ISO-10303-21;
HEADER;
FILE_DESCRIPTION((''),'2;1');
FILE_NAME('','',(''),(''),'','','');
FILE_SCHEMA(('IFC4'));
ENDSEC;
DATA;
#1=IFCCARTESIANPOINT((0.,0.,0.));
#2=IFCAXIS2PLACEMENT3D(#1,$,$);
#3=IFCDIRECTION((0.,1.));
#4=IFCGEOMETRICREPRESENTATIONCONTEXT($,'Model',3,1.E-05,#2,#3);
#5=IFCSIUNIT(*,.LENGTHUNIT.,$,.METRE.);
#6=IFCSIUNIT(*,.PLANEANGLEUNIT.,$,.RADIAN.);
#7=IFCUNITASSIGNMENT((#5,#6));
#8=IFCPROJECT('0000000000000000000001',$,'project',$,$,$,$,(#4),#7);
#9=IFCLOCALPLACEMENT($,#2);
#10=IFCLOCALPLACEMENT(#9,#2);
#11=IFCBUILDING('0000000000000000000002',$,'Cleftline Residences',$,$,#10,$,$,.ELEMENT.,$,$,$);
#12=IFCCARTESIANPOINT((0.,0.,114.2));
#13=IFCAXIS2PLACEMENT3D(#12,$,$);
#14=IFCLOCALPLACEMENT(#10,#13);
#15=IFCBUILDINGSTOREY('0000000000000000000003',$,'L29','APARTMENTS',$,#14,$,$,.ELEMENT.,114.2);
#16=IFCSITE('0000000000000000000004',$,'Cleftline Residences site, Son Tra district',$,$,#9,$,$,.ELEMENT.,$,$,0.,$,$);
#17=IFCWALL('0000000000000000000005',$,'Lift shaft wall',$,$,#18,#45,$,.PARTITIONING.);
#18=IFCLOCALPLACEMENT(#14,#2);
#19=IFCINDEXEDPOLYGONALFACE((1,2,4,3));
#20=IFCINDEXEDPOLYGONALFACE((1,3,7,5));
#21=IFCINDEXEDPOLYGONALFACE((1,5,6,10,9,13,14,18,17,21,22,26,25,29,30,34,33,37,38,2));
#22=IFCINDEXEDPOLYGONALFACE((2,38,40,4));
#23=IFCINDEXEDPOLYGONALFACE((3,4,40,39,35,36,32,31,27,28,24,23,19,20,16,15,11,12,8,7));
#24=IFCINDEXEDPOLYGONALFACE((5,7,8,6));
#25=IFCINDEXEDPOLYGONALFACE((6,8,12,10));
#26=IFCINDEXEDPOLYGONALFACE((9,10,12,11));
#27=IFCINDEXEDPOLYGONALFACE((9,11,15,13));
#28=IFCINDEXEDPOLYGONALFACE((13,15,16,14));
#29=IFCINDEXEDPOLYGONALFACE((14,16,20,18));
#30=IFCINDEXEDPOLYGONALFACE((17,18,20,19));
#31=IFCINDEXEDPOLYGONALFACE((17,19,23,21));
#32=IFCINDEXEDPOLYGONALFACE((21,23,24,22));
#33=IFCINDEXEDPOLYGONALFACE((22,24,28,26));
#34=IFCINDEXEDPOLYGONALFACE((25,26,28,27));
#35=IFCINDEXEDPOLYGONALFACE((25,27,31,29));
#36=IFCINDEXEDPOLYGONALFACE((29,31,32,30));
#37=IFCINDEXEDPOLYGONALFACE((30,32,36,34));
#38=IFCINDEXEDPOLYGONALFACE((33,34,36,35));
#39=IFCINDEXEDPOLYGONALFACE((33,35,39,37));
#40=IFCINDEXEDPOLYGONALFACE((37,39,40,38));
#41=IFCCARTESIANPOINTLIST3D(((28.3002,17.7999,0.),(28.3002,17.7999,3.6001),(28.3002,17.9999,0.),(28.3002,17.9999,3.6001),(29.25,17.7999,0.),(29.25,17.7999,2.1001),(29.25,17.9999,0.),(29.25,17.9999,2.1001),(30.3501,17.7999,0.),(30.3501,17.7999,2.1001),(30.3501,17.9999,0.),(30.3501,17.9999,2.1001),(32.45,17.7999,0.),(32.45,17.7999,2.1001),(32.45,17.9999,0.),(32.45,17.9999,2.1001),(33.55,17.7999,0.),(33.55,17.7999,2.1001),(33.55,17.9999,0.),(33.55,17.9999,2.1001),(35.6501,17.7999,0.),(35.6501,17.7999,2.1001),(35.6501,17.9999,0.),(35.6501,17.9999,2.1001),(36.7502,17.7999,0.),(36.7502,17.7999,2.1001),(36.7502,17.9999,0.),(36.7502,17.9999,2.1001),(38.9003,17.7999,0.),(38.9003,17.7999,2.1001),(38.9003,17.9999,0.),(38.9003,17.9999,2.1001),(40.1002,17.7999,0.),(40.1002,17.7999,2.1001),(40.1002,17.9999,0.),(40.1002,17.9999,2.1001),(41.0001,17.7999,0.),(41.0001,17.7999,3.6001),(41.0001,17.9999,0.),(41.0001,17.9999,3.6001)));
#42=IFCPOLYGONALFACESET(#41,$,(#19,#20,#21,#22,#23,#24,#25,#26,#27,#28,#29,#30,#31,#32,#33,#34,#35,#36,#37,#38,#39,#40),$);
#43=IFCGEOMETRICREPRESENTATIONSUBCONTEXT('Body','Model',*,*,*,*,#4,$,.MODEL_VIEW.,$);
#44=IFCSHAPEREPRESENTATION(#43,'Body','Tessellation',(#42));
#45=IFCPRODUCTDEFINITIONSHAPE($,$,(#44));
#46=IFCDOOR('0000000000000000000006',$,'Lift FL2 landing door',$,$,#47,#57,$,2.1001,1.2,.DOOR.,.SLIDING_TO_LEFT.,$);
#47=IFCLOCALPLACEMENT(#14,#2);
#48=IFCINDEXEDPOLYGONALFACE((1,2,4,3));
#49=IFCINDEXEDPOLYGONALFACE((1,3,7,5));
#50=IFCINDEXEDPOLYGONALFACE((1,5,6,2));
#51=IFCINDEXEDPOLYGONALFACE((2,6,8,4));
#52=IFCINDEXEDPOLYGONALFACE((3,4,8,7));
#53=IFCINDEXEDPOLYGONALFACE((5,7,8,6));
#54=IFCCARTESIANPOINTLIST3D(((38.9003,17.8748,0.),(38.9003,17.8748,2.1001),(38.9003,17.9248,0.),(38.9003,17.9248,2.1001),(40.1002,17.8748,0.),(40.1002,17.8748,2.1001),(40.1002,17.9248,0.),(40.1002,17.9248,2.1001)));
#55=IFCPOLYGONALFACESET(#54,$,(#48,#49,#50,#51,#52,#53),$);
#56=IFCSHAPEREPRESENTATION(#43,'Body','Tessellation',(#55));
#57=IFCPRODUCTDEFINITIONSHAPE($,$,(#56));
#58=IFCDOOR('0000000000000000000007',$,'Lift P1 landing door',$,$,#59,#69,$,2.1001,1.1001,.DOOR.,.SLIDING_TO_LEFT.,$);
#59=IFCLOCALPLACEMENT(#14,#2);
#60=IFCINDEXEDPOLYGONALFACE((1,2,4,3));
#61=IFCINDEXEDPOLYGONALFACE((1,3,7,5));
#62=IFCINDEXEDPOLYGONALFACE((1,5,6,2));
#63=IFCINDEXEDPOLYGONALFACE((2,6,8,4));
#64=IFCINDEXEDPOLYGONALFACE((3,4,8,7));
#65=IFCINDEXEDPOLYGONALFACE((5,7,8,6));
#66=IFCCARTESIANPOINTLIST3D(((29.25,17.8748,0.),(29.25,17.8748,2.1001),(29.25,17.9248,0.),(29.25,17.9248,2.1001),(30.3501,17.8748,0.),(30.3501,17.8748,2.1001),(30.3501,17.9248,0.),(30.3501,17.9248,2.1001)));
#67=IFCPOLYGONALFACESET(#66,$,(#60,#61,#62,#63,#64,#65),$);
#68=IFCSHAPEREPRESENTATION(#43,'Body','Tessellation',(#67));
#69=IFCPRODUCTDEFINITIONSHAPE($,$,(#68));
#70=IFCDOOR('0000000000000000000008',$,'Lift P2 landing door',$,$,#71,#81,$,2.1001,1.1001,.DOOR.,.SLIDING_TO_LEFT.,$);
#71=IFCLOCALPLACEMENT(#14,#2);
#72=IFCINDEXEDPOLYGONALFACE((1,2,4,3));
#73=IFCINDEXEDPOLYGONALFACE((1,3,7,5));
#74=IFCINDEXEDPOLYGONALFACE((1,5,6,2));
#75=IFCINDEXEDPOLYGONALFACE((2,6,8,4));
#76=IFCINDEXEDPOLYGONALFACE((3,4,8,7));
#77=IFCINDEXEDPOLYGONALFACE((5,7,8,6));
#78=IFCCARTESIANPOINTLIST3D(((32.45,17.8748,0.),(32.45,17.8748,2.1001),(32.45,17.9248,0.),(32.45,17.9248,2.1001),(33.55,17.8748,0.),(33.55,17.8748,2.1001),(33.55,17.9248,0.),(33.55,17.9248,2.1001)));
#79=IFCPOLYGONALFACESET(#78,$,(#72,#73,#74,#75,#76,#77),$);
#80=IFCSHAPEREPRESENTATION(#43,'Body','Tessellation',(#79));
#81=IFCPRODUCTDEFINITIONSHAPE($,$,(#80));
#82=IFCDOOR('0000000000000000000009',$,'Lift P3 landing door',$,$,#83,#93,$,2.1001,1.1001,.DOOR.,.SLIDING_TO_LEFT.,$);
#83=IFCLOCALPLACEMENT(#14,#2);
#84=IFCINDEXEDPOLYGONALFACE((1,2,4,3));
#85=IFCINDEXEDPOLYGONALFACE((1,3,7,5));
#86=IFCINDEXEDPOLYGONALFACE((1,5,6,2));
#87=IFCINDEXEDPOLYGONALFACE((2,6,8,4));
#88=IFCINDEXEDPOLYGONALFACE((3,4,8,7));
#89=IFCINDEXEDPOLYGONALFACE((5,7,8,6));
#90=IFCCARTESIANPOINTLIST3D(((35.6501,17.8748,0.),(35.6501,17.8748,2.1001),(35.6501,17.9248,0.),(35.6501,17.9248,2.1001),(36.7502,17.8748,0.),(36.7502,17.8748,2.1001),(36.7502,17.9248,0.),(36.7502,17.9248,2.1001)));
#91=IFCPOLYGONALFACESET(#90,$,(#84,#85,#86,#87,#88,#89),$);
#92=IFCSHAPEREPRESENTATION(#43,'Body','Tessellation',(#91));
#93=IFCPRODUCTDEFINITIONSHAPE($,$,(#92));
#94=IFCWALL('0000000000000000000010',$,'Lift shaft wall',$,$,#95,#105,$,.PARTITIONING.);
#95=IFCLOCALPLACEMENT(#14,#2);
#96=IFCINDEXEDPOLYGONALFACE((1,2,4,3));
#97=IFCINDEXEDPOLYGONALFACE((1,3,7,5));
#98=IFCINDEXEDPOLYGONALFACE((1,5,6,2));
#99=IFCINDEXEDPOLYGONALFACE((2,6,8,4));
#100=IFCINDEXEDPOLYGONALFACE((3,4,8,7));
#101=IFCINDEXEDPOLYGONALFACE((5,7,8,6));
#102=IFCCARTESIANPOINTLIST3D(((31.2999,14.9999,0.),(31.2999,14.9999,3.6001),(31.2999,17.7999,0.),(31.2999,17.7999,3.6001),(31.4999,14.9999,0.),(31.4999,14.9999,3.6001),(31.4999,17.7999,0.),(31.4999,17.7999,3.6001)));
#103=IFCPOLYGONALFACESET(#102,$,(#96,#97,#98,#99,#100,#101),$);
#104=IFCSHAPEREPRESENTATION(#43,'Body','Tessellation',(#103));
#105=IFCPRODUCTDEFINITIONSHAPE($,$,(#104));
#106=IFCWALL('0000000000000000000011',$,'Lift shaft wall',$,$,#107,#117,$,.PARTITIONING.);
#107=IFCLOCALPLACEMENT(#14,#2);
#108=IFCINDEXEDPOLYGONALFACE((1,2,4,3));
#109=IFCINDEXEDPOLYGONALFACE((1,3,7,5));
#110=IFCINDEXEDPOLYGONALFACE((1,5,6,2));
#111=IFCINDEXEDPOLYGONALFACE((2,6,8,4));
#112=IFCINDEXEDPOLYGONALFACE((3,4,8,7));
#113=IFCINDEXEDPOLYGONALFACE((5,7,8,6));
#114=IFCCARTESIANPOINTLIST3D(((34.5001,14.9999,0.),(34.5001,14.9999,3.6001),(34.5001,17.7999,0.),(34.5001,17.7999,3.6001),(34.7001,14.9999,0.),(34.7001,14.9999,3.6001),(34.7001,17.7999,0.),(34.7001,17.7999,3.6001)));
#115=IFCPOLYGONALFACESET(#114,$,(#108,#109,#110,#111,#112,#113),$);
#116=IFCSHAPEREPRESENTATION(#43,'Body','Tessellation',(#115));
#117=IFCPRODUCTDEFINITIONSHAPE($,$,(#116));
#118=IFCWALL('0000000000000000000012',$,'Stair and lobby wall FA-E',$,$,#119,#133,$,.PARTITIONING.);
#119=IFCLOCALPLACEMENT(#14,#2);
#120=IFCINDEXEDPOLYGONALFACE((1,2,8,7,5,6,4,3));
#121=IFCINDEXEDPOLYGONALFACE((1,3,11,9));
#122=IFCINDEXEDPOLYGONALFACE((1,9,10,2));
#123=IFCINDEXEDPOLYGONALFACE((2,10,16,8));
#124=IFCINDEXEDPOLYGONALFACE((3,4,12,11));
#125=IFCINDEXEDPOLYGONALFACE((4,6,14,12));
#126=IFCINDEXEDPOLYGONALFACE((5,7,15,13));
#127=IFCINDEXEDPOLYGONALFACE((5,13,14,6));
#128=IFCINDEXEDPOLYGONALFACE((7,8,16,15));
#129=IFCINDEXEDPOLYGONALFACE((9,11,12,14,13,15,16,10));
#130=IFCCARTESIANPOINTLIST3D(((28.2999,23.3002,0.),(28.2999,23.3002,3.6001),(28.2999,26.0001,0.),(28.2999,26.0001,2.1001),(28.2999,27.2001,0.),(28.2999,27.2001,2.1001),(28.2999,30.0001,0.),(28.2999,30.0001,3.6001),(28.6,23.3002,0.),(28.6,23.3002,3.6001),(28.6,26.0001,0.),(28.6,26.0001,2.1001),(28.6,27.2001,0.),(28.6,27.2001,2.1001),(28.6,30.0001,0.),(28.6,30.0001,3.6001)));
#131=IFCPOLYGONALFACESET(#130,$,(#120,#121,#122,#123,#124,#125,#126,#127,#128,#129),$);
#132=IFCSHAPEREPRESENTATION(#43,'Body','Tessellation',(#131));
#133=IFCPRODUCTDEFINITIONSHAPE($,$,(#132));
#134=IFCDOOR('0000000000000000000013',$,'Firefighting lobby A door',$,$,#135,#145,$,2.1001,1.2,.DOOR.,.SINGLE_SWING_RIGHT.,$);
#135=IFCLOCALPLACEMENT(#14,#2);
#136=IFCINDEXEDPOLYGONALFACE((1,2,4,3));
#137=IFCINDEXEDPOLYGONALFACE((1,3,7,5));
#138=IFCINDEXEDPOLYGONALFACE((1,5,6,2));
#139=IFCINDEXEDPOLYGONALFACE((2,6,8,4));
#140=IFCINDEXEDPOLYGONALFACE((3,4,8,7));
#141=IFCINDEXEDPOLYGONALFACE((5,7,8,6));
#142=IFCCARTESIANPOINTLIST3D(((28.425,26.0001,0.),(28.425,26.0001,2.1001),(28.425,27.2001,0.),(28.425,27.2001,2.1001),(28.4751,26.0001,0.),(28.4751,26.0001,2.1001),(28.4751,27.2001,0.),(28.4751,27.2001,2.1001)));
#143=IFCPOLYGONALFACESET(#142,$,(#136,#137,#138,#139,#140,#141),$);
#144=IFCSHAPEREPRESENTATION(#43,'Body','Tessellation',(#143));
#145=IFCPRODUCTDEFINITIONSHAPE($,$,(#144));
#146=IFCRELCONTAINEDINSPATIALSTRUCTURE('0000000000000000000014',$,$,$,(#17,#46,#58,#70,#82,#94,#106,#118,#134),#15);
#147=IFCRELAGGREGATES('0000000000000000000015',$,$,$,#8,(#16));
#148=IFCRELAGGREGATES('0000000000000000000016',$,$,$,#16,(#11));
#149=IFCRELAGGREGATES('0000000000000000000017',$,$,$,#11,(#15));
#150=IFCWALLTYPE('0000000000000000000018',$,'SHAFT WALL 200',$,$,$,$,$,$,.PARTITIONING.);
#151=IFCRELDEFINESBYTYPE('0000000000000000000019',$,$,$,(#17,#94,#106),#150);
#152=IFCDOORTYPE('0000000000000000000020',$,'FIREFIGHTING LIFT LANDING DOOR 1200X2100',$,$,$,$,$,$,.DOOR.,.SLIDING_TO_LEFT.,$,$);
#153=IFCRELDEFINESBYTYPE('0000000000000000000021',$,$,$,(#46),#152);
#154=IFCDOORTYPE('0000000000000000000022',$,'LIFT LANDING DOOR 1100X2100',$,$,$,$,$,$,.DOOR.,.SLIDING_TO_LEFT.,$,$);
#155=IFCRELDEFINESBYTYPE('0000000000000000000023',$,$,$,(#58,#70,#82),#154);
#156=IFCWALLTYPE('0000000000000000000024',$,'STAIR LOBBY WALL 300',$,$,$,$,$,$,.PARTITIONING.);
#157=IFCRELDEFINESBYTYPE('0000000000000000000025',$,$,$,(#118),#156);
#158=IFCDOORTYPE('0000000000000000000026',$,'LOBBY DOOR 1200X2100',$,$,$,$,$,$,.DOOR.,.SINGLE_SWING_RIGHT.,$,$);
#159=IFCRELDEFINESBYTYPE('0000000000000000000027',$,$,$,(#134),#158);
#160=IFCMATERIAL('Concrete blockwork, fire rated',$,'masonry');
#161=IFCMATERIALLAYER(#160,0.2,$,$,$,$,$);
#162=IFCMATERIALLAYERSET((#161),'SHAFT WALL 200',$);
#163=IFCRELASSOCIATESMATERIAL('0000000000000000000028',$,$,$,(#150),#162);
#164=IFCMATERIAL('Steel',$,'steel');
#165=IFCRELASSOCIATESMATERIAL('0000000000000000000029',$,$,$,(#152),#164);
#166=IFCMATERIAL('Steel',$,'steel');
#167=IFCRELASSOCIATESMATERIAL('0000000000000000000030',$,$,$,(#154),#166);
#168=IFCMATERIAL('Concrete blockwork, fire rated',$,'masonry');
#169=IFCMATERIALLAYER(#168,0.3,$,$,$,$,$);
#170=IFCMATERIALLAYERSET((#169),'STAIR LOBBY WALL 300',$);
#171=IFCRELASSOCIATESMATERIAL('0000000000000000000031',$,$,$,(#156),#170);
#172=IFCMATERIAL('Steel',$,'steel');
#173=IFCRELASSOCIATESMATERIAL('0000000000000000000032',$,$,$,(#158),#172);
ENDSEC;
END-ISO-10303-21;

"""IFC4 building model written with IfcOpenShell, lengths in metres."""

from ifc_helpers import new_model, si_unit, direction, frame, frame_2d, origin, place, context, subcontext, project, spatial, rectangle, extrude, material, layer, layer_set, type_object, element, fill, save


model = new_model("IFC4")

# Units and contexts
model_context = context("Model", 3, precision=1e-05, world=origin(), true_north=direction((0.0, 1.0)))
body_context = subcontext(model_context, "Body", "Model", "MODEL_VIEW")
ifc_project = project(units=[si_unit("LENGTHUNIT", "METRE"), si_unit("PLANEANGLEUNIT", "RADIAN")], contexts=[model_context])

# Site, building, storey
site_placement = place(None, origin())
site = spatial("IfcSite", under=ifc_project, at=site_placement, Name="Cleftline Residences site, Son Tra district", CompositionType="ELEMENT", RefElevation=0.0)
building_placement = place(site_placement, origin())
building = spatial("IfcBuilding", under=site, at=building_placement, Name="Cleftline Residences", CompositionType="ELEMENT")
storey_placement = place(building_placement, frame((0.0, 0.0, 114.2)))
storey = spatial("IfcBuildingStorey", under=building, at=storey_placement, Name="L29", Description="APARTMENTS", CompositionType="ELEMENT", Elevation=114.2)

# Wall, openings, doors
ifc_material_1 = material(Name="Concrete blockwork, fire rated", Category="masonry")
ifc_layer_1 = layer(ifc_material_1, 0.2)
ifc_layer_set_1 = layer_set([ifc_layer_1], Name="SHAFT WALL 200")
wall_type_1 = type_object("IfcWallType", Name="SHAFT WALL 200", PredefinedType="PARTITIONING", material=ifc_layer_set_1)
wall_1_placement = place(storey_placement, frame((28.3, 17.8999, 0.0), z_axis=(0.0, 0.0, 1.0), x_axis=(1.0, 0.0, 0.0)))
wall_1 = element("IfcWall", 1, at=wall_1_placement, inside=storey, type_object=wall_type_1, Name="Lift shaft wall", PredefinedType="PARTITIONING", context=body_context, shape_type="SweptSolid", body=[
    extrude(rectangle(XDim=12.7, YDim=0.2, at=frame_2d((6.3501, 0.0))), origin(), (0.0, 0.0, 1.0), 3.6001),
])
opening_1_placement = place(wall_1_placement, frame((0.95, 0.0, 0.0)))
opening_1 = element("IfcOpeningElement", 2, at=opening_1_placement, cuts=wall_1, PredefinedType="OPENING", context=body_context, shape_type="SweptSolid", body=[
    extrude(rectangle(XDim=1.1001, YDim=2.1001, at=frame_2d((0.55, 1.05))), frame((0.0, 0.1099, 0.0), z_axis=(0.0, -1.0, 0.0), x_axis=(1.0, 0.0, 0.0)), (0.0, 0.0, 1.0), 0.22),
])
opening_2_placement = place(wall_1_placement, frame((4.1499, 0.0, 0.0)))
opening_2 = element("IfcOpeningElement", 3, at=opening_2_placement, cuts=wall_1, PredefinedType="OPENING", context=body_context, shape_type="SweptSolid", body=[
    extrude(rectangle(XDim=1.1001, YDim=2.1001, at=frame_2d((0.55, 1.05))), frame((0.0, 0.1099, 0.0), z_axis=(0.0, -1.0, 0.0), x_axis=(1.0, 0.0, 0.0)), (0.0, 0.0, 1.0), 0.22),
])
opening_3_placement = place(wall_1_placement, frame((7.3501, 0.0, 0.0)))
opening_3 = element("IfcOpeningElement", 4, at=opening_3_placement, cuts=wall_1, PredefinedType="OPENING", context=body_context, shape_type="SweptSolid", body=[
    extrude(rectangle(XDim=1.1001, YDim=2.1001, at=frame_2d((0.55, 1.05))), frame((0.0, 0.1099, 0.0), z_axis=(0.0, -1.0, 0.0), x_axis=(1.0, 0.0, 0.0)), (0.0, 0.0, 1.0), 0.22),
])
opening_4_placement = place(wall_1_placement, frame((10.6001, 0.0, 0.0)))
opening_4 = element("IfcOpeningElement", 5, at=opening_4_placement, cuts=wall_1, PredefinedType="OPENING", context=body_context, shape_type="SweptSolid", body=[
    extrude(rectangle(XDim=1.2, YDim=2.1001, at=frame_2d((0.6001, 1.05))), frame((0.0, 0.1099, 0.0), z_axis=(0.0, -1.0, 0.0), x_axis=(1.0, 0.0, 0.0)), (0.0, 0.0, 1.0), 0.22),
])
ifc_material_2 = material(Name="Steel", Category="steel")
door_type_1 = type_object("IfcDoorType", Name="FIREFIGHTING LIFT LANDING DOOR 1200X2100", OperationType="SLIDING_TO_LEFT", PredefinedType="DOOR", material=ifc_material_2)
door_1_placement = place(opening_4_placement, origin())
door_1 = element("IfcDoor", 6, at=door_1_placement, inside=storey, type_object=door_type_1, Name="Lift FL2 landing door", OperationType="SLIDING_TO_LEFT", OverallHeight=2.1001, OverallWidth=1.2, PredefinedType="DOOR", context=body_context, shape_type="SweptSolid", body=[
    extrude(rectangle(XDim=1.2, YDim=2.1001, at=frame_2d((0.6001, 1.05))), frame((0.0, 0.0249, 0.0), z_axis=(0.0, -1.0, 0.0), x_axis=(1.0, 0.0, 0.0)), (0.0, 0.0, 1.0), 0.05),
])
fill(opening_4, door_1)
ifc_material_3 = material(Name="Steel", Category="steel")
door_type_2 = type_object("IfcDoorType", Name="LIFT LANDING DOOR 1100X2100", OperationType="SLIDING_TO_LEFT", PredefinedType="DOOR", material=ifc_material_3)
door_2_placement = place(opening_1_placement, origin())
door_2 = element("IfcDoor", 7, at=door_2_placement, inside=storey, type_object=door_type_2, Name="Lift P1 landing door", OperationType="SLIDING_TO_LEFT", OverallHeight=2.1001, OverallWidth=1.1001, PredefinedType="DOOR", context=body_context, shape_type="SweptSolid", body=[
    extrude(rectangle(XDim=1.1001, YDim=2.1001, at=frame_2d((0.55, 1.05))), frame((0.0, 0.0249, 0.0), z_axis=(0.0, -1.0, 0.0), x_axis=(1.0, 0.0, 0.0)), (0.0, 0.0, 1.0), 0.05),
])
fill(opening_1, door_2)
door_3_placement = place(opening_2_placement, origin())
door_3 = element("IfcDoor", 8, at=door_3_placement, inside=storey, type_object=door_type_2, Name="Lift P2 landing door", OperationType="SLIDING_TO_LEFT", OverallHeight=2.1001, OverallWidth=1.1001, PredefinedType="DOOR", context=body_context, shape_type="SweptSolid", body=[
    extrude(rectangle(XDim=1.1001, YDim=2.1001, at=frame_2d((0.55, 1.05))), frame((0.0, 0.0249, 0.0), z_axis=(0.0, -1.0, 0.0), x_axis=(1.0, 0.0, 0.0)), (0.0, 0.0, 1.0), 0.05),
])
fill(opening_2, door_3)
door_4_placement = place(opening_3_placement, origin())
door_4 = element("IfcDoor", 9, at=door_4_placement, inside=storey, type_object=door_type_2, Name="Lift P3 landing door", OperationType="SLIDING_TO_LEFT", OverallHeight=2.1001, OverallWidth=1.1001, PredefinedType="DOOR", context=body_context, shape_type="SweptSolid", body=[
    extrude(rectangle(XDim=1.1001, YDim=2.1001, at=frame_2d((0.55, 1.05))), frame((0.0, 0.0249, 0.0), z_axis=(0.0, -1.0, 0.0), x_axis=(1.0, 0.0, 0.0)), (0.0, 0.0, 1.0), 0.05),
])
fill(opening_3, door_4)

# Walls
for number, where, z_axis, x_axis, name in (
    (10, (31.3999, 15.0, 0.0), (0.0, 0.0, 1.0), (0.0, 1.0, 0.0), "Lift shaft wall"),
    (11, (34.6001, 15.0, 0.0), (0.0, 0.0, 1.0), (0.0, 1.0, 0.0), "Lift shaft wall"),
):
    element("IfcWall", number, at=place(storey_placement, frame(where, z_axis=z_axis, x_axis=x_axis)), inside=storey, type_object=wall_type_1, Name=name, PredefinedType="PARTITIONING", context=body_context, shape_type="SweptSolid", body=[
        extrude(rectangle(XDim=2.8, YDim=0.2, at=frame_2d((1.3999, 0.0))), origin(), (0.0, 0.0, 1.0), 3.6001),
    ])

# Wall, opening, door
ifc_material_4 = material(Name="Concrete blockwork, fire rated", Category="masonry")
ifc_layer_2 = layer(ifc_material_4, 0.3)
ifc_layer_set_2 = layer_set([ifc_layer_2], Name="STAIR LOBBY WALL 300")
wall_type_2 = type_object("IfcWallType", Name="STAIR LOBBY WALL 300", PredefinedType="PARTITIONING", material=ifc_layer_set_2)
wall_2_placement = place(storey_placement, frame((28.45, 23.3, 0.0), z_axis=(0.0, 0.0, 1.0), x_axis=(0.0, 1.0, 0.0)))
wall_2 = element("IfcWall", 12, at=wall_2_placement, inside=storey, type_object=wall_type_2, Name="Stair and lobby wall FA-E", PredefinedType="PARTITIONING", context=body_context, shape_type="SweptSolid", body=[
    extrude(rectangle(XDim=6.7, YDim=0.3, at=frame_2d((3.3501, 0.0))), origin(), (0.0, 0.0, 1.0), 3.6001),
])
opening_5_placement = place(wall_2_placement, frame((2.7, 0.0, 0.0)))
opening_5 = element("IfcOpeningElement", 13, at=opening_5_placement, cuts=wall_2, PredefinedType="OPENING", context=body_context, shape_type="SweptSolid", body=[
    extrude(rectangle(XDim=1.2, YDim=2.1001, at=frame_2d((0.6001, 1.05))), frame((0.0, 0.1599, 0.0), z_axis=(0.0, -1.0, 0.0), x_axis=(1.0, 0.0, 0.0)), (0.0, 0.0, 1.0), 0.3201),
])
ifc_material_5 = material(Name="Steel", Category="steel")
door_type_3 = type_object("IfcDoorType", Name="LOBBY DOOR 1200X2100", OperationType="SINGLE_SWING_RIGHT", PredefinedType="DOOR", material=ifc_material_5)
door_5_placement = place(opening_5_placement, origin())
door_5 = element("IfcDoor", 14, at=door_5_placement, inside=storey, type_object=door_type_3, Name="Firefighting lobby A door", OperationType="SINGLE_SWING_RIGHT", OverallHeight=2.1001, OverallWidth=1.2, PredefinedType="DOOR", context=body_context, shape_type="SweptSolid", body=[
    extrude(rectangle(XDim=1.2, YDim=2.1001, at=frame_2d((0.6001, 1.05))), frame((0.0, 0.0249, 0.0), z_axis=(0.0, -1.0, 0.0), x_axis=(1.0, 0.0, 0.0)), (0.0, 0.0, 1.0), 0.05),
])
fill(opening_5, door_5)

save(model, "model.ifc")
